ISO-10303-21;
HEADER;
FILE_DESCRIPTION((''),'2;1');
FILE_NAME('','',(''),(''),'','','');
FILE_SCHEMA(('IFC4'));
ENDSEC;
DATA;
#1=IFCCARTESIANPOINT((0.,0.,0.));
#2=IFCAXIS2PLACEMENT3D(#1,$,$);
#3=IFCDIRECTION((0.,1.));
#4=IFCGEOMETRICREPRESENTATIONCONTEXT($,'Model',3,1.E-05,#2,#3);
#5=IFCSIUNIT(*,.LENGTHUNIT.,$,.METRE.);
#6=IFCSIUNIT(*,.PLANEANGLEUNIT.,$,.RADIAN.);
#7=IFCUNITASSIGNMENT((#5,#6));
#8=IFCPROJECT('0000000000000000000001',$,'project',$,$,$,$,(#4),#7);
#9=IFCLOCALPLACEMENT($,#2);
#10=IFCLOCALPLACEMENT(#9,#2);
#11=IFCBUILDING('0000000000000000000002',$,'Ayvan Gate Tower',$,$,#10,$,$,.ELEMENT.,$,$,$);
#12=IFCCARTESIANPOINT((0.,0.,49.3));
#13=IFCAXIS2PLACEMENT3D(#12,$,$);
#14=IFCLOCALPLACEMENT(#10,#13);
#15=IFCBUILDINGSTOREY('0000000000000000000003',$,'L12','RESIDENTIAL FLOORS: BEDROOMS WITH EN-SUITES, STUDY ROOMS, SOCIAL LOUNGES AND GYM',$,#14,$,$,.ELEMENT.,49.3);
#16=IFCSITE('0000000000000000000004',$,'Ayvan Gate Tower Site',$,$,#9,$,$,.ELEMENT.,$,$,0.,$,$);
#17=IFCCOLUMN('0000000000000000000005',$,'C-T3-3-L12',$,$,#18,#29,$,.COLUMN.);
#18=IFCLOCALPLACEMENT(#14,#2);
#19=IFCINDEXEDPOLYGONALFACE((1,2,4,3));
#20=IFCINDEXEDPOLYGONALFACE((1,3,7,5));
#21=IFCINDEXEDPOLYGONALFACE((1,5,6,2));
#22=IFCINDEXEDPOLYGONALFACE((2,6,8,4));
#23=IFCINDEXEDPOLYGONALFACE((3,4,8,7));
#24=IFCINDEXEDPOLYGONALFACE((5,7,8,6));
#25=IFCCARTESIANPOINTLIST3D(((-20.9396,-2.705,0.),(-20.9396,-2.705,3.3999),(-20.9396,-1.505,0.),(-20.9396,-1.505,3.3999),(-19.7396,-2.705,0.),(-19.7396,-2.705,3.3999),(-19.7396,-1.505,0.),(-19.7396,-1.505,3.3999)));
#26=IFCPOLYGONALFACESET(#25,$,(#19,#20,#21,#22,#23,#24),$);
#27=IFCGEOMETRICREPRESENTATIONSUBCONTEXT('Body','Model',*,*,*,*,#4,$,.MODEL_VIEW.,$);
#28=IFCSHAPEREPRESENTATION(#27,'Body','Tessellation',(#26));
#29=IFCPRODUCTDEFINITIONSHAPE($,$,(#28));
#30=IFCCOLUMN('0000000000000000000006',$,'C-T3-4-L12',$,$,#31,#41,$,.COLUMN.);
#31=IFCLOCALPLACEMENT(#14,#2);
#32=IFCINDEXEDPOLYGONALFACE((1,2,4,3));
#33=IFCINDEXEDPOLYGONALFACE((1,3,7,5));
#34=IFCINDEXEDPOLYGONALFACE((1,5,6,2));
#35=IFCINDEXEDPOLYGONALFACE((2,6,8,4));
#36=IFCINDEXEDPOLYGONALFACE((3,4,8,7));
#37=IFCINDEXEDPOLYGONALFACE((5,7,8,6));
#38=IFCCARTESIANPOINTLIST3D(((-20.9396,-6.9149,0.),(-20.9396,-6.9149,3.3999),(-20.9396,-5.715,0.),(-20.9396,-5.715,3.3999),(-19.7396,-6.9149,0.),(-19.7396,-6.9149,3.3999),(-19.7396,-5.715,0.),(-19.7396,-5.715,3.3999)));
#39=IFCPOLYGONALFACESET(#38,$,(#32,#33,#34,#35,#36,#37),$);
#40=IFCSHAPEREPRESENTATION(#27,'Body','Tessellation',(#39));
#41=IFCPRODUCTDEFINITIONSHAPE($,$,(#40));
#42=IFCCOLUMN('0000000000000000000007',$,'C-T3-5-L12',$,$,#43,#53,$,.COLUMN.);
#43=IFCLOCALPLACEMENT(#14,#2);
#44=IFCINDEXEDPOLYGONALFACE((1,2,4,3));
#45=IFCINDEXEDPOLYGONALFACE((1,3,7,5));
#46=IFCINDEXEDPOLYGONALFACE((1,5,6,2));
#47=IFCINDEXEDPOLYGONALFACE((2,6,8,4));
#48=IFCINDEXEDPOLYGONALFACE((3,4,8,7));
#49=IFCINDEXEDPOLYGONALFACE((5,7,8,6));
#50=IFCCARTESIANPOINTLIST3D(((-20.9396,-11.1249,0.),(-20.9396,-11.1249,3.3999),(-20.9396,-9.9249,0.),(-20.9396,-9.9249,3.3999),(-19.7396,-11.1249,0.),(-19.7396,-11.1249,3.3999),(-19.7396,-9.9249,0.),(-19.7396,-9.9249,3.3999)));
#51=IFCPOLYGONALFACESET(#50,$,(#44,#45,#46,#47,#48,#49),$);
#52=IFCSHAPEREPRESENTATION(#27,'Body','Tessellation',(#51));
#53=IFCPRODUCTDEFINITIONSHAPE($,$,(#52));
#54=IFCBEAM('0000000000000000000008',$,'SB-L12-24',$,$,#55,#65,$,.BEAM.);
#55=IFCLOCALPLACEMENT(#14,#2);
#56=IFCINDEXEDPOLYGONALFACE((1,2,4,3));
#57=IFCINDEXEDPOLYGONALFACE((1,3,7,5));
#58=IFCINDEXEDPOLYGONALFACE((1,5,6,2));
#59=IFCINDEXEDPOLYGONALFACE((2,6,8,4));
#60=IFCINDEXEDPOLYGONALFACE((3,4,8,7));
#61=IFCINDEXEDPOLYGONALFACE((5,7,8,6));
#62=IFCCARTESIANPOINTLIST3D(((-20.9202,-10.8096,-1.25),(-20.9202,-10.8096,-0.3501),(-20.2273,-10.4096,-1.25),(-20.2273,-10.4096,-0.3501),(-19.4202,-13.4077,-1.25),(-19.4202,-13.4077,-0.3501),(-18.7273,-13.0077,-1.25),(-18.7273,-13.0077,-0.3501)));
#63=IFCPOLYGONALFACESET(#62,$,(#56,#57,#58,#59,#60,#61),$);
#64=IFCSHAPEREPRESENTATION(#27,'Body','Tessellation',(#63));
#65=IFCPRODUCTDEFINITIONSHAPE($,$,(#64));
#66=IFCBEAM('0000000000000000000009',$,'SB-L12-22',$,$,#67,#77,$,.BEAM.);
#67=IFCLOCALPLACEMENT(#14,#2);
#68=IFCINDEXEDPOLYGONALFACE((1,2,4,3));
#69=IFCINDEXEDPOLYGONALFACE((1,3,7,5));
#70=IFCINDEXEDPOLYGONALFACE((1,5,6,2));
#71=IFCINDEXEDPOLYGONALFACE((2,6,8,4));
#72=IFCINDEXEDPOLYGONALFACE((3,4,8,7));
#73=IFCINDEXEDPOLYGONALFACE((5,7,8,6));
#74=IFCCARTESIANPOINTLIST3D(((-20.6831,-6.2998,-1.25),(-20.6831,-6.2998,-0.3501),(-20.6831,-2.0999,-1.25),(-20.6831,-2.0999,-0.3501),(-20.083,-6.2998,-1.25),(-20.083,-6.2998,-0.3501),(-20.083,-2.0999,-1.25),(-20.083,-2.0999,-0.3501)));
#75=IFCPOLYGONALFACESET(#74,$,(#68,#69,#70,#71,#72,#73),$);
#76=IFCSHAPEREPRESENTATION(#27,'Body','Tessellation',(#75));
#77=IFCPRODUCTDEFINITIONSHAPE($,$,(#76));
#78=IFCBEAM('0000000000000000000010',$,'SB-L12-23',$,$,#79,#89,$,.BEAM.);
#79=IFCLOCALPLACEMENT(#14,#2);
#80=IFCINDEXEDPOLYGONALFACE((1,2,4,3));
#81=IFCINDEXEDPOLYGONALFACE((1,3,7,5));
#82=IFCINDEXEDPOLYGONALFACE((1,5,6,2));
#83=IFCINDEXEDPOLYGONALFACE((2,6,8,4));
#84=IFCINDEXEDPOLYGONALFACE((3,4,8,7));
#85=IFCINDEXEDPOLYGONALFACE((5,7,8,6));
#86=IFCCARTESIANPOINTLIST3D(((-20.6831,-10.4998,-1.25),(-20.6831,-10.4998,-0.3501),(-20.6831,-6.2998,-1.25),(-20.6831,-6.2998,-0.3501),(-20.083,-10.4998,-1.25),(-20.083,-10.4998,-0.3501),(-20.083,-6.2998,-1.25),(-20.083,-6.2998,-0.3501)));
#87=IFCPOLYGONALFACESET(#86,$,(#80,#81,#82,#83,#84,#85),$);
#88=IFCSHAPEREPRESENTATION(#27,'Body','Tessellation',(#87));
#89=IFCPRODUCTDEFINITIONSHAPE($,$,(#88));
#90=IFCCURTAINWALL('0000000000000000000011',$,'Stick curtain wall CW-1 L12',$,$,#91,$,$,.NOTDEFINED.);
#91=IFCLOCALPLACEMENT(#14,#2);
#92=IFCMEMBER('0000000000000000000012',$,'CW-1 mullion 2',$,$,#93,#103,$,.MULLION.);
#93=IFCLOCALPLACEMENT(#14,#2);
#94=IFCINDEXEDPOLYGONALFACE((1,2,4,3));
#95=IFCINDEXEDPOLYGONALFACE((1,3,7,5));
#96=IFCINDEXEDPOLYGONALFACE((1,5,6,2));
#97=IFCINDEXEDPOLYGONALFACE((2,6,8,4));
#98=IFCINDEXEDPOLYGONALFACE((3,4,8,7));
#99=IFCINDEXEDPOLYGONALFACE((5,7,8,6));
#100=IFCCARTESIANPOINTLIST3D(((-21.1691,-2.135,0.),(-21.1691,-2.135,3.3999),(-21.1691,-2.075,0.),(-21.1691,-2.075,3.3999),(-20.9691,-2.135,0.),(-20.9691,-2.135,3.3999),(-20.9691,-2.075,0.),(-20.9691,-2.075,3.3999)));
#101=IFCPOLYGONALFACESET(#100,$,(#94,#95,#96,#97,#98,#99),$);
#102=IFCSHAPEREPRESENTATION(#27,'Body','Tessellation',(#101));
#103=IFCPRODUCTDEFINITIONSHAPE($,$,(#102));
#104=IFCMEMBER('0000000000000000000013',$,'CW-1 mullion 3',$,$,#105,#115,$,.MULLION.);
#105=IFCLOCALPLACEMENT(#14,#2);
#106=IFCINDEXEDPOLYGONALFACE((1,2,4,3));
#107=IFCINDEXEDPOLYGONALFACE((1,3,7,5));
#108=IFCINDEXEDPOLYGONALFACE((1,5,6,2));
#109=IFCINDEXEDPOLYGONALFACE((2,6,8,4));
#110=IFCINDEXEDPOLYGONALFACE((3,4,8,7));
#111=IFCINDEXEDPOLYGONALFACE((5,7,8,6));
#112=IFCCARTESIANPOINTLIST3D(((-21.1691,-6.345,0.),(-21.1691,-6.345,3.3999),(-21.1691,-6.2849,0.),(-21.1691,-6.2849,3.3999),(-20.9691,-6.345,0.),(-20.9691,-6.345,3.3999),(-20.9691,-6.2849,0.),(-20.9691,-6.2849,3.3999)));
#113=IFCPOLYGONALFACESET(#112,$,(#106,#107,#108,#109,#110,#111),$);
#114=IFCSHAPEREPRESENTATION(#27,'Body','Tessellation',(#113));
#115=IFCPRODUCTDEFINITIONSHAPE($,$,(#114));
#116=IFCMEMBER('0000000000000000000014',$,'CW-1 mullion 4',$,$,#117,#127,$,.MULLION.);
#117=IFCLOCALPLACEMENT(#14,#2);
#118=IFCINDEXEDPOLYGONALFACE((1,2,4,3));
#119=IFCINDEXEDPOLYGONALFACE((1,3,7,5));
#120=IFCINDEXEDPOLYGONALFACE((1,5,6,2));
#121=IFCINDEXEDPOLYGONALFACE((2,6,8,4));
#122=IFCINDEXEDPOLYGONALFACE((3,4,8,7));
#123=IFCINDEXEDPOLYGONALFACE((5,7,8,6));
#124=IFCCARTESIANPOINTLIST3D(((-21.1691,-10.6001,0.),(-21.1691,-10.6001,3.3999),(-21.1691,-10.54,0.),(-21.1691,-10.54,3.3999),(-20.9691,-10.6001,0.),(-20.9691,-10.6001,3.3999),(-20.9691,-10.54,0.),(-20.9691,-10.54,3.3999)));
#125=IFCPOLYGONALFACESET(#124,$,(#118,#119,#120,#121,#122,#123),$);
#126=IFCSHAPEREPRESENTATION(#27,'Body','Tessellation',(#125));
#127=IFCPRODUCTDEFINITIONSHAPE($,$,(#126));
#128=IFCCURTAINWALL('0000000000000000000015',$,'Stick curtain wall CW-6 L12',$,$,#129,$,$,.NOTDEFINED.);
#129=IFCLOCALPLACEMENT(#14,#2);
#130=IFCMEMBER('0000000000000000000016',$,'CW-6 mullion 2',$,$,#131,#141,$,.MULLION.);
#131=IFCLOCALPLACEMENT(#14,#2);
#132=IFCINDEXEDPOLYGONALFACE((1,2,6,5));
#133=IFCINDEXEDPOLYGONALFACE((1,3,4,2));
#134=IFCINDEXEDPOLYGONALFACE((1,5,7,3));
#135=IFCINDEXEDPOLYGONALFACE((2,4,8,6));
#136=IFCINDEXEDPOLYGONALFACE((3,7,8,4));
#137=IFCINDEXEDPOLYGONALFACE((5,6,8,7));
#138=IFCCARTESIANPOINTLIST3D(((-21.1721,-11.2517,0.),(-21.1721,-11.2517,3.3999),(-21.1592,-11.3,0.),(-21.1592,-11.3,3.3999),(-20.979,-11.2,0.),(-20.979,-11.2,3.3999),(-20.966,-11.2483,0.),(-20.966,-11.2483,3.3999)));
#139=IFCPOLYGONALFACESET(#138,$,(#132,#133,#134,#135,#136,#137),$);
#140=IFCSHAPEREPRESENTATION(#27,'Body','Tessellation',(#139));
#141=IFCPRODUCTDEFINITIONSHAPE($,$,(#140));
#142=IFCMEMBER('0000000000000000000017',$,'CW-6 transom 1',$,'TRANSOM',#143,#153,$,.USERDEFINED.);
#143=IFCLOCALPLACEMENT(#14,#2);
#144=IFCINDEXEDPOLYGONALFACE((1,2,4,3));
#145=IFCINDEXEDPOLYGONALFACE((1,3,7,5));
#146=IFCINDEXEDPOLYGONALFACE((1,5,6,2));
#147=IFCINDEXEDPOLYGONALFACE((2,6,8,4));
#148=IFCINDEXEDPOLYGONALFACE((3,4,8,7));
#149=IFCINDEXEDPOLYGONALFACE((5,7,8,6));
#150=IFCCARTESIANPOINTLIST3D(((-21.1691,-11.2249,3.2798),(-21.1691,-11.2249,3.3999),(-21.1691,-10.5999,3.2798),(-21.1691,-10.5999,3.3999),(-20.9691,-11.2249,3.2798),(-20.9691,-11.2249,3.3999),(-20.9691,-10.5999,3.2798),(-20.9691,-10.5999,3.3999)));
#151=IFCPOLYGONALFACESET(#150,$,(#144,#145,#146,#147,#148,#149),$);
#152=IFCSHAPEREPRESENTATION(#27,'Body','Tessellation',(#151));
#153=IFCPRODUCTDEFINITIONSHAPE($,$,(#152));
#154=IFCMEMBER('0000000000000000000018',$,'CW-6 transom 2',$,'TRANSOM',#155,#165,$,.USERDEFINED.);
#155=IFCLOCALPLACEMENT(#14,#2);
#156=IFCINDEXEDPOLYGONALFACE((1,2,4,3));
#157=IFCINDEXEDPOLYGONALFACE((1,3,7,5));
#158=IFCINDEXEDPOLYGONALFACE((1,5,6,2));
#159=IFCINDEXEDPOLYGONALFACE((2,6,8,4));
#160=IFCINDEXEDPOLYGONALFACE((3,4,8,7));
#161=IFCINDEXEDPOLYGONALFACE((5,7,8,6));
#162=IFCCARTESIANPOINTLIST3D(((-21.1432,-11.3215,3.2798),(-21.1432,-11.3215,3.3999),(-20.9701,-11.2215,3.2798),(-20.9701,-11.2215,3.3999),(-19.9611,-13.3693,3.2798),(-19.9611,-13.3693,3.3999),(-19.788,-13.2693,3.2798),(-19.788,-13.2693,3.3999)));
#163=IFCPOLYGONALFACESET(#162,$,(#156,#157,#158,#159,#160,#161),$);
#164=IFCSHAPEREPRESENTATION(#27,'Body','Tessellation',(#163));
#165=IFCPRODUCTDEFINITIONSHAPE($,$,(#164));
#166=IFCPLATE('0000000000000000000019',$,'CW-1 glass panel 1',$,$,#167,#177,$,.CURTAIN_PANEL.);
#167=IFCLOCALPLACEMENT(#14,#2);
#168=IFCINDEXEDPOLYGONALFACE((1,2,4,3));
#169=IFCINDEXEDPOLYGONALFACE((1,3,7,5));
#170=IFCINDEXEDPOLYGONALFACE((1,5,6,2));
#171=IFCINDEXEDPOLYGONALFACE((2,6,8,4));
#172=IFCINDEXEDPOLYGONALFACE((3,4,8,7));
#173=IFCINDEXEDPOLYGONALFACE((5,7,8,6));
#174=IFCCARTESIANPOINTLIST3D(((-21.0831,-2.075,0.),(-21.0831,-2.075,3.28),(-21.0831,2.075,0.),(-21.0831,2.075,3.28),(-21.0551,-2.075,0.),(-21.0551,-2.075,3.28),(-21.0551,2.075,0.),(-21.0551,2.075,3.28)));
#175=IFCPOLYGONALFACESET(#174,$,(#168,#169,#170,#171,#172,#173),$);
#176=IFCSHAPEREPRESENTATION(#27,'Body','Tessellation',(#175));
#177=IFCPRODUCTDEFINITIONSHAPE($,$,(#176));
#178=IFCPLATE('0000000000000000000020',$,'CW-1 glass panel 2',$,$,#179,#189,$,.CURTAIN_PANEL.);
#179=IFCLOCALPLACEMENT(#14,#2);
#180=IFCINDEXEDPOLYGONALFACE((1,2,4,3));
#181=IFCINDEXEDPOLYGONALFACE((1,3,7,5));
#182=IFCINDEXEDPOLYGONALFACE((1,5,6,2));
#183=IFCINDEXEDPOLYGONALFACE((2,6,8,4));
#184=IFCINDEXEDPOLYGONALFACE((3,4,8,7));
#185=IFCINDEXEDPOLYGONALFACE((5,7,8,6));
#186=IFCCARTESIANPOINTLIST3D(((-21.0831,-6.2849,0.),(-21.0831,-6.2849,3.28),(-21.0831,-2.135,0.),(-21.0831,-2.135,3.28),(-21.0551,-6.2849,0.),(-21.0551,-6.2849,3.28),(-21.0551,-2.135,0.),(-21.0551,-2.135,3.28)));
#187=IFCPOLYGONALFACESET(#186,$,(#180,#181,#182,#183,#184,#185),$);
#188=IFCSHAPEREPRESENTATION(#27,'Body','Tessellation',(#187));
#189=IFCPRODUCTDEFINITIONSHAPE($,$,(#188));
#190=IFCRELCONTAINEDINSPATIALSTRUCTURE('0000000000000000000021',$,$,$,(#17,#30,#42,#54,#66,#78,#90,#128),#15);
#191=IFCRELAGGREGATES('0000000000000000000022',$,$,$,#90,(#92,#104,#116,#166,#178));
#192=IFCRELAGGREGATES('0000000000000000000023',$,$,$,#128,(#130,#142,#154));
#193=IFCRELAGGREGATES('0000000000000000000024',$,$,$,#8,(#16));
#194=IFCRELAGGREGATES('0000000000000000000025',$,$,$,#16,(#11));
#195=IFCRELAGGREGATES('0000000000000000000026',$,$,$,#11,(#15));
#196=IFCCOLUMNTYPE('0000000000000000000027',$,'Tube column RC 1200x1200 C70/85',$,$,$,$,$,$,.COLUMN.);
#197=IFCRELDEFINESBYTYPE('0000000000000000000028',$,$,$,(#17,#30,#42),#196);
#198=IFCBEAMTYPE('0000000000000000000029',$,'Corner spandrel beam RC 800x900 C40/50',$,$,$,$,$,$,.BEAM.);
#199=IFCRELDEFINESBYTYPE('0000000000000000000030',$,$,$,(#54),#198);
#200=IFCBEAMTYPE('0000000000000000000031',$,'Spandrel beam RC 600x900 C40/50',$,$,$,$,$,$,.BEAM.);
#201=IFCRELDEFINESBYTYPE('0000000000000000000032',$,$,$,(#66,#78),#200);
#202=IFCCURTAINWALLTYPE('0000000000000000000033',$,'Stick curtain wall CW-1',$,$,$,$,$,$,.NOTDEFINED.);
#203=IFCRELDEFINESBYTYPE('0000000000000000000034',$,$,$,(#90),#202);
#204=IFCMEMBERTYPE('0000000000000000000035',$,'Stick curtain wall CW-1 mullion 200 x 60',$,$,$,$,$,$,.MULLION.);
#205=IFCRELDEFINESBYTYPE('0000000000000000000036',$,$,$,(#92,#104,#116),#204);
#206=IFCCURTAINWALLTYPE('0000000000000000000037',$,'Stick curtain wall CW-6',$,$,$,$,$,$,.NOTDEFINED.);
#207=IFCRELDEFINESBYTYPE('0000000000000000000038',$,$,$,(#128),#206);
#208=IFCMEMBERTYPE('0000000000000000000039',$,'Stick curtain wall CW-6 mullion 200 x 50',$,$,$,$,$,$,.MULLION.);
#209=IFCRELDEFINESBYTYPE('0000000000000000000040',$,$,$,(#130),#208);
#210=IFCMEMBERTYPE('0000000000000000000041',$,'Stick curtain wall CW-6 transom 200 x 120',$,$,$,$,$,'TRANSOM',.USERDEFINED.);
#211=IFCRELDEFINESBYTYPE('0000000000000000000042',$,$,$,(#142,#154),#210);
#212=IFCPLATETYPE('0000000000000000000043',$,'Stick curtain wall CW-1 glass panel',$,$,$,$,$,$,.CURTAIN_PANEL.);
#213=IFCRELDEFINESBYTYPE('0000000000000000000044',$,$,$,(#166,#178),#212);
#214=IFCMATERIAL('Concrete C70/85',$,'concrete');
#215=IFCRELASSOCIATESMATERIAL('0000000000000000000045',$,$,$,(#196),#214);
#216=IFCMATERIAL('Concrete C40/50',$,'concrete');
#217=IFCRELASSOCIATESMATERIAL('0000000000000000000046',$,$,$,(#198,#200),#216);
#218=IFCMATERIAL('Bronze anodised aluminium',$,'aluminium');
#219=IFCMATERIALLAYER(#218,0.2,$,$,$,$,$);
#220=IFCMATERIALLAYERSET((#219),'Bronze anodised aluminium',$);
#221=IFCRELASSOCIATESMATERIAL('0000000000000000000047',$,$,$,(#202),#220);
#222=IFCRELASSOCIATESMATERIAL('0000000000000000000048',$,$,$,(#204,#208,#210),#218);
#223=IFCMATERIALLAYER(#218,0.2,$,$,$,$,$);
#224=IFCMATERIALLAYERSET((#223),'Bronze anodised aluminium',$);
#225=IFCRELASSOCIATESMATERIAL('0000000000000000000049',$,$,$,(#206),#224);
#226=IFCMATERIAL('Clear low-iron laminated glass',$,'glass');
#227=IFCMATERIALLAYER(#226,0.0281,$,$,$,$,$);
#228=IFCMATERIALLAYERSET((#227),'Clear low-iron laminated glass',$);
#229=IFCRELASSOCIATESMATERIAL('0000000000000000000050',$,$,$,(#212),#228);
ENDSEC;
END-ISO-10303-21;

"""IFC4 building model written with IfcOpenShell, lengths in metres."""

from ifc_helpers import new_model, si_unit, direction, frame, origin, origin_2d, place, context, subcontext, project, spatial, rectangle, extrude, material, layer, layer_set, material_profile, profile_set, type_object, element, aggregate, save


model = new_model("IFC4")

# Units and contexts
model_context = context("Model", 3, precision=1e-05, world=origin(), true_north=direction((0.0, 1.0)))
body_context = subcontext(model_context, "Body", "Model", "MODEL_VIEW")
ifc_project = project(units=[si_unit("LENGTHUNIT", "METRE"), si_unit("PLANEANGLEUNIT", "RADIAN")], contexts=[model_context])

# Site, building, storey
site_placement = place(None, origin())
site = spatial("IfcSite", under=ifc_project, at=site_placement, Name="Ayvan Gate Tower Site", CompositionType="ELEMENT", RefElevation=0.0)
building_placement = place(site_placement, origin())
building = spatial("IfcBuilding", under=site, at=building_placement, Name="Ayvan Gate Tower", CompositionType="ELEMENT")
storey_placement = place(building_placement, frame((0.0, 0.0, 49.3)))
storey = spatial("IfcBuildingStorey", under=building, at=storey_placement, Name="L12", Description="RESIDENTIAL FLOORS: BEDROOMS WITH EN-SUITES, STUDY ROOMS, SOCIAL LOUNGES AND GYM", CompositionType="ELEMENT", Elevation=49.3)

# Columns
ifc_material_1 = material(Name="Concrete C70/85", Category="concrete")
ifc_material_profile_1 = material_profile(ifc_material_1, rectangle(XDim=1.2, YDim=1.2, at=origin_2d()), Name="RC 1200x1200")
ifc_profile_set_1 = profile_set([ifc_material_profile_1], Name="Concrete C70/85")
column_type = type_object("IfcColumnType", Name="Tube column RC 1200x1200 C70/85", PredefinedType="COLUMN", material=ifc_profile_set_1)
for number, where, z_axis, x_axis, name in (
    (1, (-20.3396, -2.105, 0.0), (0.0, 0.0, 1.0), (-1.0, 0.0, 0.0), "C-T3-3-L12"),
    (2, (-20.3396, -6.3149, 0.0), (0.0, 0.0, 1.0), (-1.0, 0.0, 0.0), "C-T3-4-L12"),
    (3, (-20.3396, -10.5249, 0.0), (0.0, 0.0, 1.0), (-1.0, 0.0, 0.0), "C-T3-5-L12"),
):
    element("IfcColumn", number, at=place(storey_placement, frame(where, z_axis=z_axis, x_axis=x_axis)), inside=storey, type_object=column_type, Name=name, PredefinedType="COLUMN", context=body_context, shape_type="SweptSolid", body=[
        extrude(rectangle(XDim=1.2, YDim=1.2, at=origin_2d()), origin(), (0.0, 0.0, 1.0), 3.3999),
    ])

# Beams
ifc_material_2 = material(Name="Concrete C40/50", Category="concrete")
ifc_material_profile_2 = material_profile(ifc_material_2, rectangle(XDim=0.8, YDim=0.8999, at=origin_2d()), Name="RC 800x900")
ifc_profile_set_2 = profile_set([ifc_material_profile_2], Name="Concrete C40/50")
beam_type_1 = type_object("IfcBeamType", Name="Corner spandrel beam RC 800x900 C40/50", PredefinedType="BEAM", material=ifc_profile_set_2)
beam_placement = place(storey_placement, frame((-20.5737, -10.6096, -0.8), z_axis=(0.49999, -0.866031, 0.0), x_axis=(0.866031, 0.49999, 0.0)))
element("IfcBeam", 4, at=beam_placement, inside=storey, type_object=beam_type_1, Name="SB-L12-24", PredefinedType="BEAM", context=body_context, shape_type="SweptSolid", body=[
    extrude(rectangle(XDim=0.8, YDim=0.8999, at=origin_2d()), origin(), (0.0, 0.0, 1.0), 3.0),
])
ifc_material_profile_3 = material_profile(ifc_material_2, rectangle(XDim=0.6001, YDim=0.8999, at=origin_2d()), Name="RC 600x900")
ifc_profile_set_3 = profile_set([ifc_material_profile_3], Name="Concrete C40/50")
beam_type_2 = type_object("IfcBeamType", Name="Spandrel beam RC 600x900 C40/50", PredefinedType="BEAM", material=ifc_profile_set_3)
for number, where, z_axis, x_axis, name in (
    (5, (-20.3831, -2.0999, -0.8), (0.0, -1.0, 0.0), (1.0, 0.0, 0.0), "SB-L12-22"),
    (6, (-20.3831, -6.2998, -0.8), (0.0, -1.0, 0.0), (1.0, 0.0, 0.0), "SB-L12-23"),
):
    element("IfcBeam", number, at=place(storey_placement, frame(where, z_axis=z_axis, x_axis=x_axis)), inside=storey, type_object=beam_type_2, Name=name, PredefinedType="BEAM", context=body_context, shape_type="SweptSolid", body=[
        extrude(rectangle(XDim=0.6001, YDim=0.8999, at=origin_2d()), origin(), (0.0, 0.0, 1.0), 4.2),
    ])

# Curtain walls, members
ifc_material_3 = material(Name="Bronze anodised aluminium", Category="aluminium")
ifc_layer_1 = layer(ifc_material_3, 0.2)
ifc_layer_set_1 = layer_set([ifc_layer_1], Name="Bronze anodised aluminium")
curtain_wall_type_1 = type_object("IfcCurtainWallType", Name="Stick curtain wall CW-1", PredefinedType="NOTDEFINED", material=ifc_layer_set_1)
curtain_wall_1_placement = place(storey_placement, origin())
curtain_wall_1 = element("IfcCurtainWall", 7, at=curtain_wall_1_placement, inside=storey, type_object=curtain_wall_type_1, Name="Stick curtain wall CW-1 L12", PredefinedType="NOTDEFINED")
ifc_material_profile_4 = material_profile(ifc_material_3, rectangle(XDim=0.2, YDim=0.0601, at=origin_2d()), Name="Stick curtain wall CW-1 mullion 200 x 60")
ifc_profile_set_4 = profile_set([ifc_material_profile_4], Name="Bronze anodised aluminium")
member_type_1 = type_object("IfcMemberType", Name="Stick curtain wall CW-1 mullion 200 x 60", PredefinedType="MULLION", material=ifc_profile_set_4)
member_1_placement = place(storey_placement, frame((-21.0691, -2.105, 0.0), z_axis=(0.0, 0.0, 1.0), x_axis=(-1.0, 0.0, 0.0)))
member_1 = element("IfcMember", 8, at=member_1_placement, type_object=member_type_1, Name="CW-1 mullion 2", PredefinedType="MULLION", context=body_context, shape_type="SweptSolid", body=[
    extrude(rectangle(XDim=0.2, YDim=0.0601, at=origin_2d()), origin(), (0.0, 0.0, 1.0), 3.3999),
])
member_2_placement = place(storey_placement, frame((-21.0691, -6.3149, 0.0), z_axis=(0.0, 0.0, 1.0), x_axis=(-1.0, 0.0, 0.0)))
member_2 = element("IfcMember", 9, at=member_2_placement, type_object=member_type_1, Name="CW-1 mullion 3", PredefinedType="MULLION", context=body_context, shape_type="SweptSolid", body=[
    extrude(rectangle(XDim=0.2, YDim=0.0601, at=origin_2d()), origin(), (0.0, 0.0, 1.0), 3.3999),
])
member_3_placement = place(storey_placement, frame((-21.0691, -10.5701, 0.0), z_axis=(0.0, 0.0, 1.0), x_axis=(-1.0, 0.0, 0.0)))
member_3 = element("IfcMember", 10, at=member_3_placement, type_object=member_type_1, Name="CW-1 mullion 4", PredefinedType="MULLION", context=body_context, shape_type="SweptSolid", body=[
    extrude(rectangle(XDim=0.2, YDim=0.0601, at=origin_2d()), origin(), (0.0, 0.0, 1.0), 3.3999),
])
ifc_layer_2 = layer(ifc_material_3, 0.2)
ifc_layer_set_2 = layer_set([ifc_layer_2], Name="Bronze anodised aluminium")
curtain_wall_type_2 = type_object("IfcCurtainWallType", Name="Stick curtain wall CW-6", PredefinedType="NOTDEFINED", material=ifc_layer_set_2)
curtain_wall_2_placement = place(storey_placement, origin())
curtain_wall_2 = element("IfcCurtainWall", 11, at=curtain_wall_2_placement, inside=storey, type_object=curtain_wall_type_2, Name="Stick curtain wall CW-6 L12", PredefinedType="NOTDEFINED")
ifc_material_profile_5 = material_profile(ifc_material_3, rectangle(XDim=0.2, YDim=0.05, at=origin_2d()), Name="Stick curtain wall CW-6 mullion 200 x 50")
ifc_profile_set_5 = profile_set([ifc_material_profile_5], Name="Bronze anodised aluminium")
member_type_2 = type_object("IfcMemberType", Name="Stick curtain wall CW-6 mullion 200 x 50", PredefinedType="MULLION", material=ifc_profile_set_5)
member_4_placement = place(storey_placement, frame((-21.0691, -11.25, 0.0), z_axis=(0.0, 0.0, 1.0), x_axis=(-0.965926, -0.258819, 0.0)))
member_4 = element("IfcMember", 12, at=member_4_placement, type_object=member_type_2, Name="CW-6 mullion 2", PredefinedType="MULLION", context=body_context, shape_type="SweptSolid", body=[
    extrude(rectangle(XDim=0.2, YDim=0.05, at=origin_2d()), origin(), (0.0, 0.0, 1.0), 3.3999),
])
ifc_material_profile_6 = material_profile(ifc_material_3, rectangle(XDim=0.2, YDim=0.1201, at=origin_2d()), Name="Stick curtain wall CW-6 transom 200 x 120")
ifc_profile_set_6 = profile_set([ifc_material_profile_6], Name="Bronze anodised aluminium")
member_type_3 = type_object("IfcMemberType", Name="Stick curtain wall CW-6 transom 200 x 120", ElementType="TRANSOM", PredefinedType="USERDEFINED", material=ifc_profile_set_6)
member_5_placement = place(storey_placement, frame((-21.0691, -10.5999, 3.3398), z_axis=(0.0, -1.0, 0.0), x_axis=(1.0, 0.0, 0.0)))
member_5 = element("IfcMember", 13, at=member_5_placement, type_object=member_type_3, Name="CW-6 transom 1", ObjectType="TRANSOM", PredefinedType="USERDEFINED", context=body_context, shape_type="SweptSolid", body=[
    extrude(rectangle(XDim=0.2, YDim=0.1201, at=origin_2d()), origin(), (0.0, 0.0, 1.0), 0.625),
])
member_6_placement = place(storey_placement, frame((-21.0566, -11.2715, 3.3398), z_axis=(0.499937, -0.866062, 0.0), x_axis=(0.866062, 0.499937, 0.0)))
member_6 = element("IfcMember", 14, at=member_6_placement, type_object=member_type_3, Name="CW-6 transom 2", ObjectType="TRANSOM", PredefinedType="USERDEFINED", context=body_context, shape_type="SweptSolid", body=[
    extrude(rectangle(XDim=0.2, YDim=0.1201, at=origin_2d()), origin(), (0.0, 0.0, 1.0), 2.3645),
])

# Plates
ifc_material_4 = material(Name="Clear low-iron laminated glass", Category="glass")
ifc_layer_3 = layer(ifc_material_4, 0.0281)
ifc_layer_set_3 = layer_set([ifc_layer_3], Name="Clear low-iron laminated glass")
plate_type_1 = type_object("IfcPlateType", Name="Stick curtain wall CW-1 glass panel", PredefinedType="CURTAIN_PANEL", material=ifc_layer_set_3)
plate_1_placement = place(storey_placement, frame((-21.0691, 0.0, 0.0), z_axis=(0.0, 0.0, 1.0), x_axis=(0.0, -1.0, 0.0)))
plate_1 = element("IfcPlate", 15, at=plate_1_placement, type_object=plate_type_1, Name="CW-1 glass panel 1", PredefinedType="CURTAIN_PANEL", context=body_context, shape_type="SweptSolid", body=[
    extrude(rectangle(XDim=4.1499, YDim=0.0281, at=origin_2d()), origin(), (0.0, 0.0, 1.0), 3.28),
])
plate_2_placement = place(storey_placement, frame((-21.0691, -4.21, 0.0), z_axis=(0.0, 0.0, 1.0), x_axis=(0.0, -1.0, 0.0)))
plate_2 = element("IfcPlate", 16, at=plate_2_placement, type_object=plate_type_1, Name="CW-1 glass panel 2", PredefinedType="CURTAIN_PANEL", context=body_context, shape_type="SweptSolid", body=[
    extrude(rectangle(XDim=4.1499, YDim=0.0281, at=origin_2d()), origin(), (0.0, 0.0, 1.0), 3.28),
])
aggregate(curtain_wall_1, [member_1, member_2, member_3, plate_1, plate_2])
aggregate(curtain_wall_2, [member_4, member_5, member_6])

save(model, "model.ifc")
